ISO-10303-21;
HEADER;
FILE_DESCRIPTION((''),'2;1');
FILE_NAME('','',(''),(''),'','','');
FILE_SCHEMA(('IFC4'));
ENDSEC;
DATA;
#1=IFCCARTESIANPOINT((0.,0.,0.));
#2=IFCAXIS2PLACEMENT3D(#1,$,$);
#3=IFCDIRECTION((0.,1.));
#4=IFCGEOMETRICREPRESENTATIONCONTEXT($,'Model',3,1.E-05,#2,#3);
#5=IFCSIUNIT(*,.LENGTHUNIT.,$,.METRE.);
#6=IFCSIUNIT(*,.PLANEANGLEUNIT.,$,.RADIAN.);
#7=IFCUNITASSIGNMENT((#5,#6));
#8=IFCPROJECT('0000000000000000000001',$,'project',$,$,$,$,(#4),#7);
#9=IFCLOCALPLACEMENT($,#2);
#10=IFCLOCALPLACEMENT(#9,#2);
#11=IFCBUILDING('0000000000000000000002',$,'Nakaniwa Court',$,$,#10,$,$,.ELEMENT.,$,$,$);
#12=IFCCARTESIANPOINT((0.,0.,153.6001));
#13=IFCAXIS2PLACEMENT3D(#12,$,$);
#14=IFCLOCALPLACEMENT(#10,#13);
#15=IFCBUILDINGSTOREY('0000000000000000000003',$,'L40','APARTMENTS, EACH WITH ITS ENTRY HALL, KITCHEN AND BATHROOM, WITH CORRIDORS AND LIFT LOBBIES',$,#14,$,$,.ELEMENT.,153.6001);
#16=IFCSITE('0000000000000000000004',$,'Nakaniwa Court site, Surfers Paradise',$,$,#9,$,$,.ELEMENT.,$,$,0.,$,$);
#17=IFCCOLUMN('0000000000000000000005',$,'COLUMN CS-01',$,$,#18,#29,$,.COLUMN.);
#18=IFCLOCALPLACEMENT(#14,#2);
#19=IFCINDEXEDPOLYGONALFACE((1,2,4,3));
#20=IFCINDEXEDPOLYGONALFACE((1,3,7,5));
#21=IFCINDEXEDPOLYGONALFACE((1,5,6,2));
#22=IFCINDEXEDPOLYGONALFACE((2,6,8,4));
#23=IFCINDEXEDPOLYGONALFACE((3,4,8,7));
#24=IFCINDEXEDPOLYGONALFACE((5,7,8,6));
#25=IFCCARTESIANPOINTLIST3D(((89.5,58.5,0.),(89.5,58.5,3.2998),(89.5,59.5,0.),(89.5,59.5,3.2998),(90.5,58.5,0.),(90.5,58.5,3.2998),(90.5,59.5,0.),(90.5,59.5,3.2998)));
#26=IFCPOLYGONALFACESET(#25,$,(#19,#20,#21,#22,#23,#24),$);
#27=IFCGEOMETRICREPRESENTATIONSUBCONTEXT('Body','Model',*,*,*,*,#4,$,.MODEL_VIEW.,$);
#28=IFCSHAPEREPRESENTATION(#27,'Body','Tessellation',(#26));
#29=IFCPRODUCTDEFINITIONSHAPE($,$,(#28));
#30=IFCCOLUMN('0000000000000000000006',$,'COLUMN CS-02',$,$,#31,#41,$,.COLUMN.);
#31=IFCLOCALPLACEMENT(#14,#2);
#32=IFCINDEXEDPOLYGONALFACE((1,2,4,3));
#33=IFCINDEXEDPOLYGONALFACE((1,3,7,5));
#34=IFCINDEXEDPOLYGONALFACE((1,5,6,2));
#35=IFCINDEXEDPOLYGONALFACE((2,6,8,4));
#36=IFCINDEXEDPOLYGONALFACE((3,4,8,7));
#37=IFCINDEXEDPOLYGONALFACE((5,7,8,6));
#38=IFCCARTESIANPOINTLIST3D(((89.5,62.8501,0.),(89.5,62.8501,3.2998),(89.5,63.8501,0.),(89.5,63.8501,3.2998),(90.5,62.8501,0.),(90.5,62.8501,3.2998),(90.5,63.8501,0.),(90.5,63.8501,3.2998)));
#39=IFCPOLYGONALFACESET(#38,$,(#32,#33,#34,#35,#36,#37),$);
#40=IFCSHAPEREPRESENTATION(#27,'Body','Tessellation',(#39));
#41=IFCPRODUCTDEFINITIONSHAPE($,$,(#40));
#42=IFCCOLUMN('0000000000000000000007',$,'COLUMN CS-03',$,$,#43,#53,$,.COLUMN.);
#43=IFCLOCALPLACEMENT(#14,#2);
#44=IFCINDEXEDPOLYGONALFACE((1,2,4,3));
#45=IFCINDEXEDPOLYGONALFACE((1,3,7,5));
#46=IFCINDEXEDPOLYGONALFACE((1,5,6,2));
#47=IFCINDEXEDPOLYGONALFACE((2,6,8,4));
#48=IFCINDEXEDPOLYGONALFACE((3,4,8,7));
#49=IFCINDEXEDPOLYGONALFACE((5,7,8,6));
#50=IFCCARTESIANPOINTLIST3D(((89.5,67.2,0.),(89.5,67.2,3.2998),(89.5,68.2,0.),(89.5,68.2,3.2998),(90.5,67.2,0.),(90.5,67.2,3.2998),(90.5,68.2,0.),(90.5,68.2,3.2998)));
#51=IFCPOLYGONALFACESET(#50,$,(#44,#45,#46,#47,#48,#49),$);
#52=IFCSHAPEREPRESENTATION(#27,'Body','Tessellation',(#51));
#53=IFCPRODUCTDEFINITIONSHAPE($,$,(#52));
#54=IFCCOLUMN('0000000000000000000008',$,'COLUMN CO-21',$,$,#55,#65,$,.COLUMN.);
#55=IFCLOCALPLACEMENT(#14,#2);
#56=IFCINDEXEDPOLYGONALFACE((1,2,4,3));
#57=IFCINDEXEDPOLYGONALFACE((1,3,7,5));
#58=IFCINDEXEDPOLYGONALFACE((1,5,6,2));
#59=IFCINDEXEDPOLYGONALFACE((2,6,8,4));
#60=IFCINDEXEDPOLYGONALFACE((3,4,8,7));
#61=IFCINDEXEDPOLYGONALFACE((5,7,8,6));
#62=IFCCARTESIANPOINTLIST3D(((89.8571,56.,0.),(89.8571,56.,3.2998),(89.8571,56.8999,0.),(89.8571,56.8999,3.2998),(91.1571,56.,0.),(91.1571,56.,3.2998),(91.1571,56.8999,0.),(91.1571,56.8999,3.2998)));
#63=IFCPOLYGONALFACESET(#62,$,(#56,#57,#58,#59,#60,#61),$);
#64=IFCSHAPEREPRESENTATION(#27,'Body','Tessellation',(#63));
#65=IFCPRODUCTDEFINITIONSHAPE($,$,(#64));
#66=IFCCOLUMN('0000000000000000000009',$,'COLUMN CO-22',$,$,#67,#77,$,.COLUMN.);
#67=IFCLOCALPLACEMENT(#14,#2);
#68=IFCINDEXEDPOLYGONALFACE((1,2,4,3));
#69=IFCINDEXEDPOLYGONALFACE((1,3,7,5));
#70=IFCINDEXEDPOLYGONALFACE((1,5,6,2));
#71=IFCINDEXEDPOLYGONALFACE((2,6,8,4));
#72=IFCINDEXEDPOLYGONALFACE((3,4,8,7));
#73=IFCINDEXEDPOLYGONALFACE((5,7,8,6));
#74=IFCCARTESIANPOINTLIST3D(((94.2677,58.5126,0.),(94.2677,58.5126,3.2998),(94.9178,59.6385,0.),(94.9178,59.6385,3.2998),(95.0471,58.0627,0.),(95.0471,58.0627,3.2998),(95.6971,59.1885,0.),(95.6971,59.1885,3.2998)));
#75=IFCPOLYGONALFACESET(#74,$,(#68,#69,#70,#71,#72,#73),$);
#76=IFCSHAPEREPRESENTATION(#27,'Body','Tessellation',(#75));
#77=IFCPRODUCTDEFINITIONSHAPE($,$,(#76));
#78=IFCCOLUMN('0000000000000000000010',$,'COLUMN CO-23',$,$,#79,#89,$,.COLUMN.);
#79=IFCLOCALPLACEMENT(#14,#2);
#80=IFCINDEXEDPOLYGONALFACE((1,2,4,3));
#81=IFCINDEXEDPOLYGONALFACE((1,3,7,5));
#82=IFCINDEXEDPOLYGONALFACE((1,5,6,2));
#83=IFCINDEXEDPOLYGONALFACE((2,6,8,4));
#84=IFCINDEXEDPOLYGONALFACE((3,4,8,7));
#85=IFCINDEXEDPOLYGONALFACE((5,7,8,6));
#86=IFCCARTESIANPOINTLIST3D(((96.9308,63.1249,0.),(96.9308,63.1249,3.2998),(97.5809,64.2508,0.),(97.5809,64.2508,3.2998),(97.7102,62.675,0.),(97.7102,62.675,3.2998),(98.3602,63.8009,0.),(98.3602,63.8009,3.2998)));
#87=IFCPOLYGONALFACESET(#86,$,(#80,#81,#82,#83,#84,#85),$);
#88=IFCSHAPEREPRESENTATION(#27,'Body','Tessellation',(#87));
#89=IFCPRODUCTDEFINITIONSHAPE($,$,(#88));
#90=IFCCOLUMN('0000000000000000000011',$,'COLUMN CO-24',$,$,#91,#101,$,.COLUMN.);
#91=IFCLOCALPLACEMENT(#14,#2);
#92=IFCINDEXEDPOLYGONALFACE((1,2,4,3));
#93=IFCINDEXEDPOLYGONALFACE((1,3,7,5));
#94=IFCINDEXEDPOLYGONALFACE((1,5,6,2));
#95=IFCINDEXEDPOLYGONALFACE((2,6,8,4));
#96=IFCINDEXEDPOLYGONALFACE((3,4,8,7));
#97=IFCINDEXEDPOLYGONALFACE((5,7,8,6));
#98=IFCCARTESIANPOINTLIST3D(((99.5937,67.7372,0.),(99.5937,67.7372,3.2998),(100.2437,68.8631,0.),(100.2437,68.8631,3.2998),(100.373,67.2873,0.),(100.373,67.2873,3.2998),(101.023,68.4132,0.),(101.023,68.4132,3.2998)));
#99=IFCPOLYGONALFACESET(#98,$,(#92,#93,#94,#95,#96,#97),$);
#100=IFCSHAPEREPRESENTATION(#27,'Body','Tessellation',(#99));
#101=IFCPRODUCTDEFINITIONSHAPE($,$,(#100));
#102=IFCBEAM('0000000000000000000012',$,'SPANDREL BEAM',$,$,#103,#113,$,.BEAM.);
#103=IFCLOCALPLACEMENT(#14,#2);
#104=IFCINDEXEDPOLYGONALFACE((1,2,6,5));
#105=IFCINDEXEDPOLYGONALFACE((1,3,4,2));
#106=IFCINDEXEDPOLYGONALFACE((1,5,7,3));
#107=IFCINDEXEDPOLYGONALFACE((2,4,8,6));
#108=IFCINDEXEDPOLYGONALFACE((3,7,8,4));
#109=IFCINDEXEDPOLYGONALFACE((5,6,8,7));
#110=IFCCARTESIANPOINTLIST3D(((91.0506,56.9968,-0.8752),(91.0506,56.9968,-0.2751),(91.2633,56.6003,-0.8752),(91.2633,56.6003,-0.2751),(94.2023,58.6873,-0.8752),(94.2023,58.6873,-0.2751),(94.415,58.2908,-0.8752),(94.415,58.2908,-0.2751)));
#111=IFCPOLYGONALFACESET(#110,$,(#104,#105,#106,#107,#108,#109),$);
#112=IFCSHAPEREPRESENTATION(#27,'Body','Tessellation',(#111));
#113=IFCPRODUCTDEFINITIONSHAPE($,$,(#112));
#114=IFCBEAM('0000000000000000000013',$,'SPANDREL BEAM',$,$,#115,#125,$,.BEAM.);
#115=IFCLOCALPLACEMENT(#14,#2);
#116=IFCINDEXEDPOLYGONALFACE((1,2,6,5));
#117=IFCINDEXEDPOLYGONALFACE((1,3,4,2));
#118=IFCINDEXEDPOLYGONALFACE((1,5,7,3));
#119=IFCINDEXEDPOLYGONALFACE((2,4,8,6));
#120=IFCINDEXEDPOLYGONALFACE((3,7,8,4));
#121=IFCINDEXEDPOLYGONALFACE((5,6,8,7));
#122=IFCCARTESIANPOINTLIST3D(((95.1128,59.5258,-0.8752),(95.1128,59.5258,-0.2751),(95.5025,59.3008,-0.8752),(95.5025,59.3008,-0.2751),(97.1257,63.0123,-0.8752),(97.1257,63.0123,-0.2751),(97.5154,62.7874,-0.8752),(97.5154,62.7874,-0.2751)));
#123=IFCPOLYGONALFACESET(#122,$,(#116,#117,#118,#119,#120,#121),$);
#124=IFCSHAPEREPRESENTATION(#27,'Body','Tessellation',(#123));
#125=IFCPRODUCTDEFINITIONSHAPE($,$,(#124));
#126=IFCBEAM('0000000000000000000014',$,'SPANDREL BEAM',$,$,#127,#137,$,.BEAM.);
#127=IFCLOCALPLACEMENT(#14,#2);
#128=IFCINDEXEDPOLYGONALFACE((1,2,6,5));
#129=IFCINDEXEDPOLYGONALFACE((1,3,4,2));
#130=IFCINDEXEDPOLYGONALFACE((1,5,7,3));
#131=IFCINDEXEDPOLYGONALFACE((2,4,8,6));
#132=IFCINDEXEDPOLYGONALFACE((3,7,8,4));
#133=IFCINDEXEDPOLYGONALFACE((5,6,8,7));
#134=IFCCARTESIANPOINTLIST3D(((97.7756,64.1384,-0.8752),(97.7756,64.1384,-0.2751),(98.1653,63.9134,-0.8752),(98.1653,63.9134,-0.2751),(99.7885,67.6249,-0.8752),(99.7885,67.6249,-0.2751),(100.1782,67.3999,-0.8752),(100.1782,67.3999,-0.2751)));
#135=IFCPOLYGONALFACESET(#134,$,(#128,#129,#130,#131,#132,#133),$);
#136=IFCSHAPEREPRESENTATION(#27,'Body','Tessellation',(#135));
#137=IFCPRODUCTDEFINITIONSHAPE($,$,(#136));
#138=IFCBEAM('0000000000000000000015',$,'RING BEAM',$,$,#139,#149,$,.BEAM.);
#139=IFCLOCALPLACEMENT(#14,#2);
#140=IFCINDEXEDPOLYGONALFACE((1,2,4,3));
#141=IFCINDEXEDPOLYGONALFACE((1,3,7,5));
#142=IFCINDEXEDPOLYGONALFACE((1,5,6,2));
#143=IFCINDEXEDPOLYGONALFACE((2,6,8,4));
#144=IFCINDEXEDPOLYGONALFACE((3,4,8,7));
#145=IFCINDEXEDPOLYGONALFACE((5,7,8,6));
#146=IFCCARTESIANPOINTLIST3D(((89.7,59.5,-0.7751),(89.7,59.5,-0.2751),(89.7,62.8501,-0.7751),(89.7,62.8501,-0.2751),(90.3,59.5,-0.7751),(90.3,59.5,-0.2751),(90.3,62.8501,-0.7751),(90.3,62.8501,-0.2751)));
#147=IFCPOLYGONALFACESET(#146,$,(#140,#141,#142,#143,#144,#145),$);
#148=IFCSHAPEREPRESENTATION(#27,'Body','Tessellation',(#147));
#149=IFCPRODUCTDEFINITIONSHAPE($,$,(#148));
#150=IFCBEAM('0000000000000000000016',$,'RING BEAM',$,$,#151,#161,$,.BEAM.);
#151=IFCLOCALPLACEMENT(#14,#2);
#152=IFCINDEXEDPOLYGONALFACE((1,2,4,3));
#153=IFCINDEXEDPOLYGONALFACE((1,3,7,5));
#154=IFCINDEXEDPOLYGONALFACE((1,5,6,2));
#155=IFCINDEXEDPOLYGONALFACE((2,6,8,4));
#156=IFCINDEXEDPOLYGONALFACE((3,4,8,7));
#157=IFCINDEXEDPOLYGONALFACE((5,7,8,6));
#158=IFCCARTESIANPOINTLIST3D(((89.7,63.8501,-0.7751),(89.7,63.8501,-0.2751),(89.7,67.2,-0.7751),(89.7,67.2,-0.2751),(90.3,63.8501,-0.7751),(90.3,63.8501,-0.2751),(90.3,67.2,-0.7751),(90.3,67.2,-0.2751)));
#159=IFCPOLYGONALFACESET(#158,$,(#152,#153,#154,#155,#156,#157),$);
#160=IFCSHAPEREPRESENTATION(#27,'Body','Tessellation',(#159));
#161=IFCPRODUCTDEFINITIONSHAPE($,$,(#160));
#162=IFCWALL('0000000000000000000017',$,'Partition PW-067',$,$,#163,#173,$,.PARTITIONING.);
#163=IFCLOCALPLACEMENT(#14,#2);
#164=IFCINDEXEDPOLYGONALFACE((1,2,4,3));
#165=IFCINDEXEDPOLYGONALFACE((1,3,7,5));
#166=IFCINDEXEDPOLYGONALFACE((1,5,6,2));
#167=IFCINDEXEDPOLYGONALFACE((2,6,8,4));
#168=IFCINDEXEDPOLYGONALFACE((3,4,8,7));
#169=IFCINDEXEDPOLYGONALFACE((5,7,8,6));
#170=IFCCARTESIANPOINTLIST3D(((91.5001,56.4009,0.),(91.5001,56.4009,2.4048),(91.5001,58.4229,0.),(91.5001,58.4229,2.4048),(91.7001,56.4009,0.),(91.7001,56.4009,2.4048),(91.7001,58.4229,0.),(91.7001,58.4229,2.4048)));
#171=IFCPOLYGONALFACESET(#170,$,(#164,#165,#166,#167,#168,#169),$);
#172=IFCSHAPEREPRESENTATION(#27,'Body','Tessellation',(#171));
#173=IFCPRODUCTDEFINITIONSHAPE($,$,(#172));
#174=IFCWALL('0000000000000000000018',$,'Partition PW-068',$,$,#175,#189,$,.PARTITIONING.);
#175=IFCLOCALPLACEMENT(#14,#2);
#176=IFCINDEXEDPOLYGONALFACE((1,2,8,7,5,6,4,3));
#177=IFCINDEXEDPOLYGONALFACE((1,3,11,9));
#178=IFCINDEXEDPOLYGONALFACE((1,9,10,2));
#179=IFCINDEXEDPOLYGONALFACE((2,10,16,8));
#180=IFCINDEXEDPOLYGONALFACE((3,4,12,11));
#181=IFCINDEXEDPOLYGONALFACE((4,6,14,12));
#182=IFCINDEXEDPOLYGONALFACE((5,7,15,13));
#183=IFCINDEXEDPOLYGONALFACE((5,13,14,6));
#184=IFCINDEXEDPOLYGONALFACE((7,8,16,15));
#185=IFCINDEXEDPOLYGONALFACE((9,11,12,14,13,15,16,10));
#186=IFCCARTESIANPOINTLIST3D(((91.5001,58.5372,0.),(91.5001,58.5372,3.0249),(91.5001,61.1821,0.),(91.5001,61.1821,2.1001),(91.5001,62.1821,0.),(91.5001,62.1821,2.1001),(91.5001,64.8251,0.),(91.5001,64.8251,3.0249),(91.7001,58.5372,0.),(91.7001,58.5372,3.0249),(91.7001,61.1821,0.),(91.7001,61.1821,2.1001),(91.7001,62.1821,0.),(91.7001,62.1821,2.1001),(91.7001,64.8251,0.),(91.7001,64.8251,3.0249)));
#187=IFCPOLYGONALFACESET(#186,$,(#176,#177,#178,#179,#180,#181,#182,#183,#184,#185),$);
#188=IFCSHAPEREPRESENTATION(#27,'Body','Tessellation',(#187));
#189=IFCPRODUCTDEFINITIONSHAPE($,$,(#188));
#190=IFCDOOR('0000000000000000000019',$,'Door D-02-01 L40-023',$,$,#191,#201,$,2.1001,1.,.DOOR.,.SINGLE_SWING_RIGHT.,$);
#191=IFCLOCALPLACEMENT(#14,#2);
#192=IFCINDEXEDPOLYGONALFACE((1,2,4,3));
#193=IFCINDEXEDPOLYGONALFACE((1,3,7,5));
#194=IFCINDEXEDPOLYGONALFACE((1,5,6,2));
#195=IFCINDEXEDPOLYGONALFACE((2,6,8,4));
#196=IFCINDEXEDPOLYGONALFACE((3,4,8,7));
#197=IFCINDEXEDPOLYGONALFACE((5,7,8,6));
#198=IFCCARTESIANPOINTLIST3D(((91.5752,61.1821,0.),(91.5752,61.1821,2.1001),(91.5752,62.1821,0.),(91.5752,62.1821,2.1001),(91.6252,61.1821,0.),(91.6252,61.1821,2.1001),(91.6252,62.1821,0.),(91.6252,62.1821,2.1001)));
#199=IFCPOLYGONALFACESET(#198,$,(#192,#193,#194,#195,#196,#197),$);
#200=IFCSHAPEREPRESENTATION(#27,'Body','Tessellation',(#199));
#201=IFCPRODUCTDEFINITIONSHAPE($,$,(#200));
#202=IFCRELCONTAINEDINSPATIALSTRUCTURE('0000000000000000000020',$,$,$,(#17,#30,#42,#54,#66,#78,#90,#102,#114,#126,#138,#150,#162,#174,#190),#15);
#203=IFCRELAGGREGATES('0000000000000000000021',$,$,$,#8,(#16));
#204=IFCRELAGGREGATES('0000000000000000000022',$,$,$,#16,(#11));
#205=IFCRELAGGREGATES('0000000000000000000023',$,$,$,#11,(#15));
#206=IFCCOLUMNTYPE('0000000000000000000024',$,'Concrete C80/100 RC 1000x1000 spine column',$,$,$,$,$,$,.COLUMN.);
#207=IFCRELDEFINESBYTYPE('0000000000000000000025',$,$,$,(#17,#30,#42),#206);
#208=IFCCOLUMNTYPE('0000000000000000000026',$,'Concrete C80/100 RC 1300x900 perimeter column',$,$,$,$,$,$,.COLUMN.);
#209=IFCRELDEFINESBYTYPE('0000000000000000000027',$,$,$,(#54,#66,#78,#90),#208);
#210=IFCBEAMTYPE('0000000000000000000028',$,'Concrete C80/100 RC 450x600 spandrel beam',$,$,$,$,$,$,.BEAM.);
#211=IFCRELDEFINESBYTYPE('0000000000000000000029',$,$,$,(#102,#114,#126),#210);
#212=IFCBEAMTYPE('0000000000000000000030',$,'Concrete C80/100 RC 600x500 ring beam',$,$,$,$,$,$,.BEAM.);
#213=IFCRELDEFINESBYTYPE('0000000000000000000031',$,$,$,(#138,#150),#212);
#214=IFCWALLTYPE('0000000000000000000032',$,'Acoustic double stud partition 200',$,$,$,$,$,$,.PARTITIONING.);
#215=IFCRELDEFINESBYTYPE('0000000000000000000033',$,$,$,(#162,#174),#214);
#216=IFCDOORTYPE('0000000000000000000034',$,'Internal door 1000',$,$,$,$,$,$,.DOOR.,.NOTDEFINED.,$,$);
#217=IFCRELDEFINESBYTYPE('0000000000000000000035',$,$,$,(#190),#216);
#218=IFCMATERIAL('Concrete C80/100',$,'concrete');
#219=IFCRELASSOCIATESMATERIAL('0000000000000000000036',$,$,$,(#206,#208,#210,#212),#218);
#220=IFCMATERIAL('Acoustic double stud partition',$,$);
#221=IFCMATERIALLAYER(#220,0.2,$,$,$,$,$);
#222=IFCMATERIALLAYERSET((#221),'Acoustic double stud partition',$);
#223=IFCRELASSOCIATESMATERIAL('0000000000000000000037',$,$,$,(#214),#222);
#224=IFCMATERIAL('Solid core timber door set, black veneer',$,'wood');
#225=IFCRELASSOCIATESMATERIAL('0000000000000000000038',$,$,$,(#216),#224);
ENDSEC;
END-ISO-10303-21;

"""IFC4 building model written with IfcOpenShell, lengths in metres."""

from ifc_helpers import new_model, si_unit, direction, frame, frame_2d, origin, origin_2d, place, context, subcontext, project, spatial, rectangle, extrude, material, layer, layer_set, material_profile, profile_set, type_object, element, fill, save


model = new_model("IFC4")

# Units and contexts
model_context = context("Model", 3, precision=1e-05, world=origin(), true_north=direction((0.0, 1.0)))
body_context = subcontext(model_context, "Body", "Model", "MODEL_VIEW")
ifc_project = project(units=[si_unit("LENGTHUNIT", "METRE"), si_unit("PLANEANGLEUNIT", "RADIAN")], contexts=[model_context])

# Site, building, storey
site_placement = place(None, origin())
site = spatial("IfcSite", under=ifc_project, at=site_placement, Name="Nakaniwa Court site, Surfers Paradise", CompositionType="ELEMENT", RefElevation=0.0)
building_placement = place(site_placement, origin())
building = spatial("IfcBuilding", under=site, at=building_placement, Name="Nakaniwa Court", CompositionType="ELEMENT")
storey_placement = place(building_placement, frame((0.0, 0.0, 153.6001)))
storey = spatial("IfcBuildingStorey", under=building, at=storey_placement, Name="L40", Description="APARTMENTS, EACH WITH ITS ENTRY HALL, KITCHEN AND BATHROOM, WITH CORRIDORS AND LIFT LOBBIES", CompositionType="ELEMENT", Elevation=153.6001)

# Columns
ifc_material_1 = material(Name="Concrete C80/100", Category="concrete")
ifc_material_profile_1 = material_profile(ifc_material_1, rectangle(XDim=1.0, YDim=1.0, at=origin_2d()), Name="Concrete C80/100 RC 1000x1000 spine column")
ifc_profile_set_1 = profile_set([ifc_material_profile_1], Name="Concrete C80/100")
column_type_1 = type_object("IfcColumnType", Name="Concrete C80/100 RC 1000x1000 spine column", PredefinedType="COLUMN", material=ifc_profile_set_1)
for number, where, z_axis, x_axis, name in (
    (1, (90.0, 59.0, 0.0), (0.0, 0.0, 1.0), (0.0, 1.0, 0.0), "COLUMN CS-01"),
    (2, (90.0, 63.3501, 0.0), (0.0, 0.0, 1.0), (0.0, 1.0, 0.0), "COLUMN CS-02"),
    (3, (90.0, 67.7, 0.0), (0.0, 0.0, 1.0), (0.0, 1.0, 0.0), "COLUMN CS-03"),
):
    element("IfcColumn", number, at=place(storey_placement, frame(where, z_axis=z_axis, x_axis=x_axis)), inside=storey, type_object=column_type_1, Name=name, PredefinedType="COLUMN", context=body_context, shape_type="SweptSolid", body=[
        extrude(rectangle(XDim=1.0, YDim=1.0, at=origin_2d()), origin(), (0.0, 0.0, 1.0), 3.2998),
    ])
ifc_material_profile_2 = material_profile(ifc_material_1, rectangle(XDim=1.3, YDim=0.8999, at=origin_2d()), Name="Concrete C80/100 RC 1300x900 perimeter column")
ifc_profile_set_2 = profile_set([ifc_material_profile_2], Name="Concrete C80/100")
column_type_2 = type_object("IfcColumnType", Name="Concrete C80/100 RC 1300x900 perimeter column", PredefinedType="COLUMN", material=ifc_profile_set_2)
for number, where, z_axis, x_axis, name in (
    (4, (90.5071, 56.45, 0.0), (0.0, 0.0, 1.0), (1.0, 0.0, 0.0), "COLUMN CO-21"),
    (5, (94.9824, 58.8506, 0.0), (0.0, 0.0, 1.0), (0.5, 0.866025, 0.0), "COLUMN CO-22"),
    (6, (97.6455, 63.4629, 0.0), (0.0, 0.0, 1.0), (0.5, 0.866025, 0.0), "COLUMN CO-23"),
    (7, (100.3083, 68.0752, 0.0), (0.0, 0.0, 1.0), (0.5, 0.866025, 0.0), "COLUMN CO-24"),
):
    element("IfcColumn", number, at=place(storey_placement, frame(where, z_axis=z_axis, x_axis=x_axis)), inside=storey, type_object=column_type_2, Name=name, PredefinedType="COLUMN", context=body_context, shape_type="SweptSolid", body=[
        extrude(rectangle(XDim=1.3, YDim=0.8999, at=origin_2d()), origin(), (0.0, 0.0, 1.0), 3.2998),
    ])

# Beams
ifc_material_profile_3 = material_profile(ifc_material_1, rectangle(XDim=0.45, YDim=0.6001, at=origin_2d()), Name="Concrete C80/100 RC 450x600 spandrel beam")
ifc_profile_set_3 = profile_set([ifc_material_profile_3], Name="Concrete C80/100")
beam_type_1 = type_object("IfcBeamType", Name="Concrete C80/100 RC 450x600 spandrel beam", PredefinedType="BEAM", material=ifc_profile_set_3)
beam_1_placement = place(storey_placement, frame((91.157, 56.7986, -0.5752), z_axis=(0.881239, 0.47267, 0.0), x_axis=(-0.47267, 0.881239, 0.0)))
element("IfcBeam", 8, at=beam_1_placement, inside=storey, type_object=beam_type_1, Name="SPANDREL BEAM", PredefinedType="BEAM", context=body_context, shape_type="SweptSolid", body=[
    extrude(rectangle(XDim=0.45, YDim=0.6001, at=origin_2d()), origin(), (0.0, 0.0, 1.0), 3.5764),
])
for number, where, z_axis, x_axis, name in (
    (9, (95.3076, 59.4133, -0.5752), (0.499994, 0.866029, 0.0), (-0.866029, 0.499994, 0.0), "SPANDREL BEAM"),
    (10, (97.9705, 64.0259, -0.5752), (0.499994, 0.866029, 0.0), (-0.866029, 0.499994, 0.0), "SPANDREL BEAM"),
):
    element("IfcBeam", number, at=place(storey_placement, frame(where, z_axis=z_axis, x_axis=x_axis)), inside=storey, type_object=beam_type_1, Name=name, PredefinedType="BEAM", context=body_context, shape_type="SweptSolid", body=[
        extrude(rectangle(XDim=0.45, YDim=0.6001, at=origin_2d()), origin(), (0.0, 0.0, 1.0), 4.0259),
    ])
ifc_material_profile_4 = material_profile(ifc_material_1, rectangle(XDim=0.6001, YDim=0.5, at=origin_2d()), Name="Concrete C80/100 RC 600x500 ring beam")
ifc_profile_set_4 = profile_set([ifc_material_profile_4], Name="Concrete C80/100")
beam_type_2 = type_object("IfcBeamType", Name="Concrete C80/100 RC 600x500 ring beam", PredefinedType="BEAM", material=ifc_profile_set_4)
beam_2_placement = place(storey_placement, frame((90.0, 59.5, -0.5251), z_axis=(0.0, 1.0, 0.0), x_axis=(-1.0, 0.0, 0.0)))
element("IfcBeam", 11, at=beam_2_placement, inside=storey, type_object=beam_type_2, Name="RING BEAM", PredefinedType="BEAM", context=body_context, shape_type="SweptSolid", body=[
    extrude(rectangle(XDim=0.6001, YDim=0.5, at=origin_2d()), origin(), (0.0, 0.0, 1.0), 3.3501),
])
beam_3_placement = place(storey_placement, frame((90.0, 63.8501, -0.5251), z_axis=(0.0, 1.0, 0.0), x_axis=(-1.0, 0.0, 0.0)))
element("IfcBeam", 12, at=beam_3_placement, inside=storey, type_object=beam_type_2, Name="RING BEAM", PredefinedType="BEAM", context=body_context, shape_type="SweptSolid", body=[
    extrude(rectangle(XDim=0.6001, YDim=0.5, at=origin_2d()), origin(), (0.0, 0.0, 1.0), 3.3499),
])

# Wall
ifc_material_2 = material(Name="Acoustic double stud partition")
ifc_layer_1 = layer(ifc_material_2, 0.2)
ifc_layer_set_1 = layer_set([ifc_layer_1], Name="Acoustic double stud partition")
wall_type_1 = type_object("IfcWallType", Name="Acoustic double stud partition 200", PredefinedType="PARTITIONING", material=ifc_layer_set_1)
wall_1_placement = place(storey_placement, frame((91.6001, 56.4009, 0.0), z_axis=(0.0, 0.0, 1.0), x_axis=(0.0, 1.0, 0.0)))
element("IfcWall", 13, at=wall_1_placement, inside=storey, type_object=wall_type_1, Name="Partition PW-067", PredefinedType="PARTITIONING", context=body_context, shape_type="SweptSolid", body=[
    extrude(rectangle(XDim=2.022, YDim=0.2, at=frame_2d((1.011, 0.0))), origin(), (0.0, 0.0, 1.0), 2.4048),
])

# Wall, opening, door
wall_2_placement = place(storey_placement, frame((91.6001, 58.5371, 0.0), z_axis=(0.0, 0.0, 1.0), x_axis=(0.0, 1.0, 0.0)))
wall_2 = element("IfcWall", 14, at=wall_2_placement, inside=storey, type_object=wall_type_1, Name="Partition PW-068", PredefinedType="PARTITIONING", context=body_context, shape_type="SweptSolid", body=[
    extrude(rectangle(XDim=6.2878, YDim=0.2, at=frame_2d((3.144, 0.0))), origin(), (0.0, 0.0, 1.0), 3.0249),
])
opening_1_placement = place(wall_2_placement, frame((2.645, 0.0, 0.0)))
opening_1 = element("IfcOpeningElement", 15, at=opening_1_placement, cuts=wall_2, PredefinedType="OPENING", context=body_context, shape_type="SweptSolid", body=[
    extrude(rectangle(XDim=1.0, YDim=2.1001, at=frame_2d((0.5, 1.05))), frame((0.0, 0.1099, 0.0), z_axis=(0.0, -1.0, 0.0), x_axis=(1.0, 0.0, 0.0)), (0.0, 0.0, 1.0), 0.22),
])
ifc_material_3 = material(Name="Solid core timber door set, black veneer", Category="wood")
door_type = type_object("IfcDoorType", Name="Internal door 1000", OperationType="NOTDEFINED", PredefinedType="DOOR", material=ifc_material_3)
door_1_placement = place(opening_1_placement, origin())
door_1 = element("IfcDoor", 16, at=door_1_placement, inside=storey, type_object=door_type, Name="Door D-02-01 L40-023", OperationType="SINGLE_SWING_RIGHT", OverallHeight=2.1001, OverallWidth=1.0, PredefinedType="DOOR", context=body_context, shape_type="SweptSolid", body=[
    extrude(rectangle(XDim=1.0, YDim=2.1001, at=frame_2d((0.5, 1.05))), frame((0.0, 0.0249, 0.0), z_axis=(0.0, -1.0, 0.0), x_axis=(1.0, 0.0, 0.0)), (0.0, 0.0, 1.0), 0.05),
])
fill(opening_1, door_1)

save(model, "model.ifc")
